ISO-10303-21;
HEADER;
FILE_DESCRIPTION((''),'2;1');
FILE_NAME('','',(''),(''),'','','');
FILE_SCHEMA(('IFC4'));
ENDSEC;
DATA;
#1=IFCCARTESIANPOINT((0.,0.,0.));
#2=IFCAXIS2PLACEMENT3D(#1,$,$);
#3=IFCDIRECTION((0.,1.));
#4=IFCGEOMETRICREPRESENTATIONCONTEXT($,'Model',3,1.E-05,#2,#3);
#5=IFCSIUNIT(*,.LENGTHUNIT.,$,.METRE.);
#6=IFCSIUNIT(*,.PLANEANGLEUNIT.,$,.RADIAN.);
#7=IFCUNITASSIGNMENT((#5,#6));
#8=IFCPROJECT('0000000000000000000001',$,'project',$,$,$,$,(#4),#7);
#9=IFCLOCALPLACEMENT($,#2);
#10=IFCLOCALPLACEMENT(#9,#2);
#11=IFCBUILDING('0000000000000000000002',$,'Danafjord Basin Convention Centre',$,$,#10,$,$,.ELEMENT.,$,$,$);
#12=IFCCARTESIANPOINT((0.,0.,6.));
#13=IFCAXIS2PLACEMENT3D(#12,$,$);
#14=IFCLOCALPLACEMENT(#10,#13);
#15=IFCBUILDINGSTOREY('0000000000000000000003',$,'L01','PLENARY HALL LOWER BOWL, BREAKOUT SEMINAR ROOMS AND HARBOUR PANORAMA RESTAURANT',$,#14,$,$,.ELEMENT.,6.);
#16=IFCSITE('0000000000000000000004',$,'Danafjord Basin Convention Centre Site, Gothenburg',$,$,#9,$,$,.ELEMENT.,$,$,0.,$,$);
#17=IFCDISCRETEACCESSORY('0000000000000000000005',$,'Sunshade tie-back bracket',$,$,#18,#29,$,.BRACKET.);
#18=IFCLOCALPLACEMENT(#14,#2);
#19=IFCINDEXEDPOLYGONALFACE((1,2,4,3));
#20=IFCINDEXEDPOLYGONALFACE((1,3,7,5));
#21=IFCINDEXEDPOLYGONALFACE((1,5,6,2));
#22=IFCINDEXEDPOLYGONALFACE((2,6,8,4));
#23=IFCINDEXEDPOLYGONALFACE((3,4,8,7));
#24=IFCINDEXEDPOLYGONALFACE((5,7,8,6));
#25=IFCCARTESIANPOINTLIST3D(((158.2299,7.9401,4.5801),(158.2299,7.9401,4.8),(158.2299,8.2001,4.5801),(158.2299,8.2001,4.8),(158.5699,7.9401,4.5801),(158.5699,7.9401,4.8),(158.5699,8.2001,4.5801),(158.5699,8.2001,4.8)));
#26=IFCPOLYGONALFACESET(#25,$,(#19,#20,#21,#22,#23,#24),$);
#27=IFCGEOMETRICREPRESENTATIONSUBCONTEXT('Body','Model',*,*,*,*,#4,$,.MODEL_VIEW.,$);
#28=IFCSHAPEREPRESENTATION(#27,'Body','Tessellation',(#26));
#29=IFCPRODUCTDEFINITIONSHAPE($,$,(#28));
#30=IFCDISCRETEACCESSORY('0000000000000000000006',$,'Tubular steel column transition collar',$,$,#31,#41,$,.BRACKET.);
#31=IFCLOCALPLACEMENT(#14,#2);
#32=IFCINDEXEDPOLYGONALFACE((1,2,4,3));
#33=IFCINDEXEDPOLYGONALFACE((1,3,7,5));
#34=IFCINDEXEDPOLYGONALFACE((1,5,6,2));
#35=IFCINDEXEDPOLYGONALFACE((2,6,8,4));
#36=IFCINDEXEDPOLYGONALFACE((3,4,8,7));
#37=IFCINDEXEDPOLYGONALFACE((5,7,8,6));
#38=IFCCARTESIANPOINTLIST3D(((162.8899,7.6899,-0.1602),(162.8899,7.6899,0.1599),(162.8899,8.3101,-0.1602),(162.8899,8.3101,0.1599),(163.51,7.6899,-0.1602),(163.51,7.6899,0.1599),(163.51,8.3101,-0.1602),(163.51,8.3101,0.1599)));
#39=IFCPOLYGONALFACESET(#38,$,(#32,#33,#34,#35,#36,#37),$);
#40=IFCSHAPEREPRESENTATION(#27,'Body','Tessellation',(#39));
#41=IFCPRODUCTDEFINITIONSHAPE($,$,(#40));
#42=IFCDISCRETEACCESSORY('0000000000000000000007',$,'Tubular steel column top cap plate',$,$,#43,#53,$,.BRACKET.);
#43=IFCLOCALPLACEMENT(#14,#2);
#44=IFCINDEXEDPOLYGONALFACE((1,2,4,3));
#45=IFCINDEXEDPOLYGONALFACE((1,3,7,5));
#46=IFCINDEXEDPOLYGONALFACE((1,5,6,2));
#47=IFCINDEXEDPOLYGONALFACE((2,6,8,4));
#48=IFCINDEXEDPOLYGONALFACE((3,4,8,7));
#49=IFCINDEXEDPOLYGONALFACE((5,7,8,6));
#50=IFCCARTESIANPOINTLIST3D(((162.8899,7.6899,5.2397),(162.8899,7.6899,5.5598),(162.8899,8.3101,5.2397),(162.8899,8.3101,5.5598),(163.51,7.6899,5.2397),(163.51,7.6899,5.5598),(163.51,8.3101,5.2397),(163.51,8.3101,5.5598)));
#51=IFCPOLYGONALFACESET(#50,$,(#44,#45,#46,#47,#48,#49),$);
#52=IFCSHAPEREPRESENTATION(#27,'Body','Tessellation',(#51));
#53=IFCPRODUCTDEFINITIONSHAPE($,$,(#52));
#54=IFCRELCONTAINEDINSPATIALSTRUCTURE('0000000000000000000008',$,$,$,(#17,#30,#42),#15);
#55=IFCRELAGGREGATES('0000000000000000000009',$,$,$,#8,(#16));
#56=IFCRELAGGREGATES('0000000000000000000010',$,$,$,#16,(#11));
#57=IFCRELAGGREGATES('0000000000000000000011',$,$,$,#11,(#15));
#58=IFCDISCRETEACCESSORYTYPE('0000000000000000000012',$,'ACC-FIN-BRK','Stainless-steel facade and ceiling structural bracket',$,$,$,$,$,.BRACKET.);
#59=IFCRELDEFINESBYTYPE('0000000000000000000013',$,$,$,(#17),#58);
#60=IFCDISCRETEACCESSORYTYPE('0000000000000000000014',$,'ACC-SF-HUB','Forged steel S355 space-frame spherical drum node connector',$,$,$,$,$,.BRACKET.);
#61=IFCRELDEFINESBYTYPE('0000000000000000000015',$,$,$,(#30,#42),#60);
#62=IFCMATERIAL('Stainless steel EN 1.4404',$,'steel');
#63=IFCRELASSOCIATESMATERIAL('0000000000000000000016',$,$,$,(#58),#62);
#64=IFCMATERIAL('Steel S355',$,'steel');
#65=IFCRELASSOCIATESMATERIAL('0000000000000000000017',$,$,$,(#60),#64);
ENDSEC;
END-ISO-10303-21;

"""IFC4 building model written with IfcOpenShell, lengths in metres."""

from ifc_helpers import new_model, si_unit, direction, frame, origin, origin_2d, place, context, subcontext, project, spatial, rectangle, extrude, material, type_object, element, save


model = new_model("IFC4")

# Units and contexts
model_context = context("Model", 3, precision=1e-05, world=origin(), true_north=direction((0.0, 1.0)))
body_context = subcontext(model_context, "Body", "Model", "MODEL_VIEW")
ifc_project = project(units=[si_unit("LENGTHUNIT", "METRE"), si_unit("PLANEANGLEUNIT", "RADIAN")], contexts=[model_context])

# Site, building, storey
site_placement = place(None, origin())
site = spatial("IfcSite", under=ifc_project, at=site_placement, Name="Danafjord Basin Convention Centre Site, Gothenburg", CompositionType="ELEMENT", RefElevation=0.0)
building_placement = place(site_placement, origin())
building = spatial("IfcBuilding", under=site, at=building_placement, Name="Danafjord Basin Convention Centre", CompositionType="ELEMENT")
storey_placement = place(building_placement, frame((0.0, 0.0, 6.0)))
storey = spatial("IfcBuildingStorey", under=building, at=storey_placement, Name="L01", Description="PLENARY HALL LOWER BOWL, BREAKOUT SEMINAR ROOMS AND HARBOUR PANORAMA RESTAURANT", CompositionType="ELEMENT", Elevation=6.0)

# Shared definitions
ifc_material_1 = material(Name="Steel S355", Category="steel")

# Discrete accessories
ifc_material_2 = material(Name="Stainless steel EN 1.4404", Category="steel")
discrete_accessory_type_1 = type_object("IfcDiscreteAccessoryType", Name="ACC-FIN-BRK", Description="Stainless-steel facade and ceiling structural bracket", PredefinedType="BRACKET", material=ifc_material_2)
discrete_accessory_placement = place(storey_placement, frame((158.3999, 8.0701, 4.5801), z_axis=(0.0, 0.0, 1.0), x_axis=(1.0, 0.0, 0.0)))
element("IfcDiscreteAccessory", 1, at=discrete_accessory_placement, inside=storey, type_object=discrete_accessory_type_1, Name="Sunshade tie-back bracket", PredefinedType="BRACKET", context=body_context, shape_type="SweptSolid", body=[
    extrude(rectangle(XDim=0.3401, YDim=0.26, at=origin_2d()), origin(), (0.0, 0.0, 1.0), 0.22),
])
discrete_accessory_type_2 = type_object("IfcDiscreteAccessoryType", Name="ACC-SF-HUB", Description="Forged steel S355 space-frame spherical drum node connector", PredefinedType="BRACKET", material=ifc_material_1)
for number, where, z_axis, x_axis, name in (
    (2, (163.2, 8.0, -0.1602), (0.0, 0.0, 1.0), (1.0, 0.0, 0.0), "Tubular steel column transition collar"),
    (3, (163.2, 8.0, 5.2397), (0.0, 0.0, 1.0), (1.0, 0.0, 0.0), "Tubular steel column top cap plate"),
):
    element("IfcDiscreteAccessory", number, at=place(storey_placement, frame(where, z_axis=z_axis, x_axis=x_axis)), inside=storey, type_object=discrete_accessory_type_2, Name=name, PredefinedType="BRACKET", context=body_context, shape_type="SweptSolid", body=[
        extrude(rectangle(XDim=0.6201, YDim=0.6201, at=origin_2d()), origin(), (0.0, 0.0, 1.0), 0.3201),
    ])

save(model, "model.ifc")
